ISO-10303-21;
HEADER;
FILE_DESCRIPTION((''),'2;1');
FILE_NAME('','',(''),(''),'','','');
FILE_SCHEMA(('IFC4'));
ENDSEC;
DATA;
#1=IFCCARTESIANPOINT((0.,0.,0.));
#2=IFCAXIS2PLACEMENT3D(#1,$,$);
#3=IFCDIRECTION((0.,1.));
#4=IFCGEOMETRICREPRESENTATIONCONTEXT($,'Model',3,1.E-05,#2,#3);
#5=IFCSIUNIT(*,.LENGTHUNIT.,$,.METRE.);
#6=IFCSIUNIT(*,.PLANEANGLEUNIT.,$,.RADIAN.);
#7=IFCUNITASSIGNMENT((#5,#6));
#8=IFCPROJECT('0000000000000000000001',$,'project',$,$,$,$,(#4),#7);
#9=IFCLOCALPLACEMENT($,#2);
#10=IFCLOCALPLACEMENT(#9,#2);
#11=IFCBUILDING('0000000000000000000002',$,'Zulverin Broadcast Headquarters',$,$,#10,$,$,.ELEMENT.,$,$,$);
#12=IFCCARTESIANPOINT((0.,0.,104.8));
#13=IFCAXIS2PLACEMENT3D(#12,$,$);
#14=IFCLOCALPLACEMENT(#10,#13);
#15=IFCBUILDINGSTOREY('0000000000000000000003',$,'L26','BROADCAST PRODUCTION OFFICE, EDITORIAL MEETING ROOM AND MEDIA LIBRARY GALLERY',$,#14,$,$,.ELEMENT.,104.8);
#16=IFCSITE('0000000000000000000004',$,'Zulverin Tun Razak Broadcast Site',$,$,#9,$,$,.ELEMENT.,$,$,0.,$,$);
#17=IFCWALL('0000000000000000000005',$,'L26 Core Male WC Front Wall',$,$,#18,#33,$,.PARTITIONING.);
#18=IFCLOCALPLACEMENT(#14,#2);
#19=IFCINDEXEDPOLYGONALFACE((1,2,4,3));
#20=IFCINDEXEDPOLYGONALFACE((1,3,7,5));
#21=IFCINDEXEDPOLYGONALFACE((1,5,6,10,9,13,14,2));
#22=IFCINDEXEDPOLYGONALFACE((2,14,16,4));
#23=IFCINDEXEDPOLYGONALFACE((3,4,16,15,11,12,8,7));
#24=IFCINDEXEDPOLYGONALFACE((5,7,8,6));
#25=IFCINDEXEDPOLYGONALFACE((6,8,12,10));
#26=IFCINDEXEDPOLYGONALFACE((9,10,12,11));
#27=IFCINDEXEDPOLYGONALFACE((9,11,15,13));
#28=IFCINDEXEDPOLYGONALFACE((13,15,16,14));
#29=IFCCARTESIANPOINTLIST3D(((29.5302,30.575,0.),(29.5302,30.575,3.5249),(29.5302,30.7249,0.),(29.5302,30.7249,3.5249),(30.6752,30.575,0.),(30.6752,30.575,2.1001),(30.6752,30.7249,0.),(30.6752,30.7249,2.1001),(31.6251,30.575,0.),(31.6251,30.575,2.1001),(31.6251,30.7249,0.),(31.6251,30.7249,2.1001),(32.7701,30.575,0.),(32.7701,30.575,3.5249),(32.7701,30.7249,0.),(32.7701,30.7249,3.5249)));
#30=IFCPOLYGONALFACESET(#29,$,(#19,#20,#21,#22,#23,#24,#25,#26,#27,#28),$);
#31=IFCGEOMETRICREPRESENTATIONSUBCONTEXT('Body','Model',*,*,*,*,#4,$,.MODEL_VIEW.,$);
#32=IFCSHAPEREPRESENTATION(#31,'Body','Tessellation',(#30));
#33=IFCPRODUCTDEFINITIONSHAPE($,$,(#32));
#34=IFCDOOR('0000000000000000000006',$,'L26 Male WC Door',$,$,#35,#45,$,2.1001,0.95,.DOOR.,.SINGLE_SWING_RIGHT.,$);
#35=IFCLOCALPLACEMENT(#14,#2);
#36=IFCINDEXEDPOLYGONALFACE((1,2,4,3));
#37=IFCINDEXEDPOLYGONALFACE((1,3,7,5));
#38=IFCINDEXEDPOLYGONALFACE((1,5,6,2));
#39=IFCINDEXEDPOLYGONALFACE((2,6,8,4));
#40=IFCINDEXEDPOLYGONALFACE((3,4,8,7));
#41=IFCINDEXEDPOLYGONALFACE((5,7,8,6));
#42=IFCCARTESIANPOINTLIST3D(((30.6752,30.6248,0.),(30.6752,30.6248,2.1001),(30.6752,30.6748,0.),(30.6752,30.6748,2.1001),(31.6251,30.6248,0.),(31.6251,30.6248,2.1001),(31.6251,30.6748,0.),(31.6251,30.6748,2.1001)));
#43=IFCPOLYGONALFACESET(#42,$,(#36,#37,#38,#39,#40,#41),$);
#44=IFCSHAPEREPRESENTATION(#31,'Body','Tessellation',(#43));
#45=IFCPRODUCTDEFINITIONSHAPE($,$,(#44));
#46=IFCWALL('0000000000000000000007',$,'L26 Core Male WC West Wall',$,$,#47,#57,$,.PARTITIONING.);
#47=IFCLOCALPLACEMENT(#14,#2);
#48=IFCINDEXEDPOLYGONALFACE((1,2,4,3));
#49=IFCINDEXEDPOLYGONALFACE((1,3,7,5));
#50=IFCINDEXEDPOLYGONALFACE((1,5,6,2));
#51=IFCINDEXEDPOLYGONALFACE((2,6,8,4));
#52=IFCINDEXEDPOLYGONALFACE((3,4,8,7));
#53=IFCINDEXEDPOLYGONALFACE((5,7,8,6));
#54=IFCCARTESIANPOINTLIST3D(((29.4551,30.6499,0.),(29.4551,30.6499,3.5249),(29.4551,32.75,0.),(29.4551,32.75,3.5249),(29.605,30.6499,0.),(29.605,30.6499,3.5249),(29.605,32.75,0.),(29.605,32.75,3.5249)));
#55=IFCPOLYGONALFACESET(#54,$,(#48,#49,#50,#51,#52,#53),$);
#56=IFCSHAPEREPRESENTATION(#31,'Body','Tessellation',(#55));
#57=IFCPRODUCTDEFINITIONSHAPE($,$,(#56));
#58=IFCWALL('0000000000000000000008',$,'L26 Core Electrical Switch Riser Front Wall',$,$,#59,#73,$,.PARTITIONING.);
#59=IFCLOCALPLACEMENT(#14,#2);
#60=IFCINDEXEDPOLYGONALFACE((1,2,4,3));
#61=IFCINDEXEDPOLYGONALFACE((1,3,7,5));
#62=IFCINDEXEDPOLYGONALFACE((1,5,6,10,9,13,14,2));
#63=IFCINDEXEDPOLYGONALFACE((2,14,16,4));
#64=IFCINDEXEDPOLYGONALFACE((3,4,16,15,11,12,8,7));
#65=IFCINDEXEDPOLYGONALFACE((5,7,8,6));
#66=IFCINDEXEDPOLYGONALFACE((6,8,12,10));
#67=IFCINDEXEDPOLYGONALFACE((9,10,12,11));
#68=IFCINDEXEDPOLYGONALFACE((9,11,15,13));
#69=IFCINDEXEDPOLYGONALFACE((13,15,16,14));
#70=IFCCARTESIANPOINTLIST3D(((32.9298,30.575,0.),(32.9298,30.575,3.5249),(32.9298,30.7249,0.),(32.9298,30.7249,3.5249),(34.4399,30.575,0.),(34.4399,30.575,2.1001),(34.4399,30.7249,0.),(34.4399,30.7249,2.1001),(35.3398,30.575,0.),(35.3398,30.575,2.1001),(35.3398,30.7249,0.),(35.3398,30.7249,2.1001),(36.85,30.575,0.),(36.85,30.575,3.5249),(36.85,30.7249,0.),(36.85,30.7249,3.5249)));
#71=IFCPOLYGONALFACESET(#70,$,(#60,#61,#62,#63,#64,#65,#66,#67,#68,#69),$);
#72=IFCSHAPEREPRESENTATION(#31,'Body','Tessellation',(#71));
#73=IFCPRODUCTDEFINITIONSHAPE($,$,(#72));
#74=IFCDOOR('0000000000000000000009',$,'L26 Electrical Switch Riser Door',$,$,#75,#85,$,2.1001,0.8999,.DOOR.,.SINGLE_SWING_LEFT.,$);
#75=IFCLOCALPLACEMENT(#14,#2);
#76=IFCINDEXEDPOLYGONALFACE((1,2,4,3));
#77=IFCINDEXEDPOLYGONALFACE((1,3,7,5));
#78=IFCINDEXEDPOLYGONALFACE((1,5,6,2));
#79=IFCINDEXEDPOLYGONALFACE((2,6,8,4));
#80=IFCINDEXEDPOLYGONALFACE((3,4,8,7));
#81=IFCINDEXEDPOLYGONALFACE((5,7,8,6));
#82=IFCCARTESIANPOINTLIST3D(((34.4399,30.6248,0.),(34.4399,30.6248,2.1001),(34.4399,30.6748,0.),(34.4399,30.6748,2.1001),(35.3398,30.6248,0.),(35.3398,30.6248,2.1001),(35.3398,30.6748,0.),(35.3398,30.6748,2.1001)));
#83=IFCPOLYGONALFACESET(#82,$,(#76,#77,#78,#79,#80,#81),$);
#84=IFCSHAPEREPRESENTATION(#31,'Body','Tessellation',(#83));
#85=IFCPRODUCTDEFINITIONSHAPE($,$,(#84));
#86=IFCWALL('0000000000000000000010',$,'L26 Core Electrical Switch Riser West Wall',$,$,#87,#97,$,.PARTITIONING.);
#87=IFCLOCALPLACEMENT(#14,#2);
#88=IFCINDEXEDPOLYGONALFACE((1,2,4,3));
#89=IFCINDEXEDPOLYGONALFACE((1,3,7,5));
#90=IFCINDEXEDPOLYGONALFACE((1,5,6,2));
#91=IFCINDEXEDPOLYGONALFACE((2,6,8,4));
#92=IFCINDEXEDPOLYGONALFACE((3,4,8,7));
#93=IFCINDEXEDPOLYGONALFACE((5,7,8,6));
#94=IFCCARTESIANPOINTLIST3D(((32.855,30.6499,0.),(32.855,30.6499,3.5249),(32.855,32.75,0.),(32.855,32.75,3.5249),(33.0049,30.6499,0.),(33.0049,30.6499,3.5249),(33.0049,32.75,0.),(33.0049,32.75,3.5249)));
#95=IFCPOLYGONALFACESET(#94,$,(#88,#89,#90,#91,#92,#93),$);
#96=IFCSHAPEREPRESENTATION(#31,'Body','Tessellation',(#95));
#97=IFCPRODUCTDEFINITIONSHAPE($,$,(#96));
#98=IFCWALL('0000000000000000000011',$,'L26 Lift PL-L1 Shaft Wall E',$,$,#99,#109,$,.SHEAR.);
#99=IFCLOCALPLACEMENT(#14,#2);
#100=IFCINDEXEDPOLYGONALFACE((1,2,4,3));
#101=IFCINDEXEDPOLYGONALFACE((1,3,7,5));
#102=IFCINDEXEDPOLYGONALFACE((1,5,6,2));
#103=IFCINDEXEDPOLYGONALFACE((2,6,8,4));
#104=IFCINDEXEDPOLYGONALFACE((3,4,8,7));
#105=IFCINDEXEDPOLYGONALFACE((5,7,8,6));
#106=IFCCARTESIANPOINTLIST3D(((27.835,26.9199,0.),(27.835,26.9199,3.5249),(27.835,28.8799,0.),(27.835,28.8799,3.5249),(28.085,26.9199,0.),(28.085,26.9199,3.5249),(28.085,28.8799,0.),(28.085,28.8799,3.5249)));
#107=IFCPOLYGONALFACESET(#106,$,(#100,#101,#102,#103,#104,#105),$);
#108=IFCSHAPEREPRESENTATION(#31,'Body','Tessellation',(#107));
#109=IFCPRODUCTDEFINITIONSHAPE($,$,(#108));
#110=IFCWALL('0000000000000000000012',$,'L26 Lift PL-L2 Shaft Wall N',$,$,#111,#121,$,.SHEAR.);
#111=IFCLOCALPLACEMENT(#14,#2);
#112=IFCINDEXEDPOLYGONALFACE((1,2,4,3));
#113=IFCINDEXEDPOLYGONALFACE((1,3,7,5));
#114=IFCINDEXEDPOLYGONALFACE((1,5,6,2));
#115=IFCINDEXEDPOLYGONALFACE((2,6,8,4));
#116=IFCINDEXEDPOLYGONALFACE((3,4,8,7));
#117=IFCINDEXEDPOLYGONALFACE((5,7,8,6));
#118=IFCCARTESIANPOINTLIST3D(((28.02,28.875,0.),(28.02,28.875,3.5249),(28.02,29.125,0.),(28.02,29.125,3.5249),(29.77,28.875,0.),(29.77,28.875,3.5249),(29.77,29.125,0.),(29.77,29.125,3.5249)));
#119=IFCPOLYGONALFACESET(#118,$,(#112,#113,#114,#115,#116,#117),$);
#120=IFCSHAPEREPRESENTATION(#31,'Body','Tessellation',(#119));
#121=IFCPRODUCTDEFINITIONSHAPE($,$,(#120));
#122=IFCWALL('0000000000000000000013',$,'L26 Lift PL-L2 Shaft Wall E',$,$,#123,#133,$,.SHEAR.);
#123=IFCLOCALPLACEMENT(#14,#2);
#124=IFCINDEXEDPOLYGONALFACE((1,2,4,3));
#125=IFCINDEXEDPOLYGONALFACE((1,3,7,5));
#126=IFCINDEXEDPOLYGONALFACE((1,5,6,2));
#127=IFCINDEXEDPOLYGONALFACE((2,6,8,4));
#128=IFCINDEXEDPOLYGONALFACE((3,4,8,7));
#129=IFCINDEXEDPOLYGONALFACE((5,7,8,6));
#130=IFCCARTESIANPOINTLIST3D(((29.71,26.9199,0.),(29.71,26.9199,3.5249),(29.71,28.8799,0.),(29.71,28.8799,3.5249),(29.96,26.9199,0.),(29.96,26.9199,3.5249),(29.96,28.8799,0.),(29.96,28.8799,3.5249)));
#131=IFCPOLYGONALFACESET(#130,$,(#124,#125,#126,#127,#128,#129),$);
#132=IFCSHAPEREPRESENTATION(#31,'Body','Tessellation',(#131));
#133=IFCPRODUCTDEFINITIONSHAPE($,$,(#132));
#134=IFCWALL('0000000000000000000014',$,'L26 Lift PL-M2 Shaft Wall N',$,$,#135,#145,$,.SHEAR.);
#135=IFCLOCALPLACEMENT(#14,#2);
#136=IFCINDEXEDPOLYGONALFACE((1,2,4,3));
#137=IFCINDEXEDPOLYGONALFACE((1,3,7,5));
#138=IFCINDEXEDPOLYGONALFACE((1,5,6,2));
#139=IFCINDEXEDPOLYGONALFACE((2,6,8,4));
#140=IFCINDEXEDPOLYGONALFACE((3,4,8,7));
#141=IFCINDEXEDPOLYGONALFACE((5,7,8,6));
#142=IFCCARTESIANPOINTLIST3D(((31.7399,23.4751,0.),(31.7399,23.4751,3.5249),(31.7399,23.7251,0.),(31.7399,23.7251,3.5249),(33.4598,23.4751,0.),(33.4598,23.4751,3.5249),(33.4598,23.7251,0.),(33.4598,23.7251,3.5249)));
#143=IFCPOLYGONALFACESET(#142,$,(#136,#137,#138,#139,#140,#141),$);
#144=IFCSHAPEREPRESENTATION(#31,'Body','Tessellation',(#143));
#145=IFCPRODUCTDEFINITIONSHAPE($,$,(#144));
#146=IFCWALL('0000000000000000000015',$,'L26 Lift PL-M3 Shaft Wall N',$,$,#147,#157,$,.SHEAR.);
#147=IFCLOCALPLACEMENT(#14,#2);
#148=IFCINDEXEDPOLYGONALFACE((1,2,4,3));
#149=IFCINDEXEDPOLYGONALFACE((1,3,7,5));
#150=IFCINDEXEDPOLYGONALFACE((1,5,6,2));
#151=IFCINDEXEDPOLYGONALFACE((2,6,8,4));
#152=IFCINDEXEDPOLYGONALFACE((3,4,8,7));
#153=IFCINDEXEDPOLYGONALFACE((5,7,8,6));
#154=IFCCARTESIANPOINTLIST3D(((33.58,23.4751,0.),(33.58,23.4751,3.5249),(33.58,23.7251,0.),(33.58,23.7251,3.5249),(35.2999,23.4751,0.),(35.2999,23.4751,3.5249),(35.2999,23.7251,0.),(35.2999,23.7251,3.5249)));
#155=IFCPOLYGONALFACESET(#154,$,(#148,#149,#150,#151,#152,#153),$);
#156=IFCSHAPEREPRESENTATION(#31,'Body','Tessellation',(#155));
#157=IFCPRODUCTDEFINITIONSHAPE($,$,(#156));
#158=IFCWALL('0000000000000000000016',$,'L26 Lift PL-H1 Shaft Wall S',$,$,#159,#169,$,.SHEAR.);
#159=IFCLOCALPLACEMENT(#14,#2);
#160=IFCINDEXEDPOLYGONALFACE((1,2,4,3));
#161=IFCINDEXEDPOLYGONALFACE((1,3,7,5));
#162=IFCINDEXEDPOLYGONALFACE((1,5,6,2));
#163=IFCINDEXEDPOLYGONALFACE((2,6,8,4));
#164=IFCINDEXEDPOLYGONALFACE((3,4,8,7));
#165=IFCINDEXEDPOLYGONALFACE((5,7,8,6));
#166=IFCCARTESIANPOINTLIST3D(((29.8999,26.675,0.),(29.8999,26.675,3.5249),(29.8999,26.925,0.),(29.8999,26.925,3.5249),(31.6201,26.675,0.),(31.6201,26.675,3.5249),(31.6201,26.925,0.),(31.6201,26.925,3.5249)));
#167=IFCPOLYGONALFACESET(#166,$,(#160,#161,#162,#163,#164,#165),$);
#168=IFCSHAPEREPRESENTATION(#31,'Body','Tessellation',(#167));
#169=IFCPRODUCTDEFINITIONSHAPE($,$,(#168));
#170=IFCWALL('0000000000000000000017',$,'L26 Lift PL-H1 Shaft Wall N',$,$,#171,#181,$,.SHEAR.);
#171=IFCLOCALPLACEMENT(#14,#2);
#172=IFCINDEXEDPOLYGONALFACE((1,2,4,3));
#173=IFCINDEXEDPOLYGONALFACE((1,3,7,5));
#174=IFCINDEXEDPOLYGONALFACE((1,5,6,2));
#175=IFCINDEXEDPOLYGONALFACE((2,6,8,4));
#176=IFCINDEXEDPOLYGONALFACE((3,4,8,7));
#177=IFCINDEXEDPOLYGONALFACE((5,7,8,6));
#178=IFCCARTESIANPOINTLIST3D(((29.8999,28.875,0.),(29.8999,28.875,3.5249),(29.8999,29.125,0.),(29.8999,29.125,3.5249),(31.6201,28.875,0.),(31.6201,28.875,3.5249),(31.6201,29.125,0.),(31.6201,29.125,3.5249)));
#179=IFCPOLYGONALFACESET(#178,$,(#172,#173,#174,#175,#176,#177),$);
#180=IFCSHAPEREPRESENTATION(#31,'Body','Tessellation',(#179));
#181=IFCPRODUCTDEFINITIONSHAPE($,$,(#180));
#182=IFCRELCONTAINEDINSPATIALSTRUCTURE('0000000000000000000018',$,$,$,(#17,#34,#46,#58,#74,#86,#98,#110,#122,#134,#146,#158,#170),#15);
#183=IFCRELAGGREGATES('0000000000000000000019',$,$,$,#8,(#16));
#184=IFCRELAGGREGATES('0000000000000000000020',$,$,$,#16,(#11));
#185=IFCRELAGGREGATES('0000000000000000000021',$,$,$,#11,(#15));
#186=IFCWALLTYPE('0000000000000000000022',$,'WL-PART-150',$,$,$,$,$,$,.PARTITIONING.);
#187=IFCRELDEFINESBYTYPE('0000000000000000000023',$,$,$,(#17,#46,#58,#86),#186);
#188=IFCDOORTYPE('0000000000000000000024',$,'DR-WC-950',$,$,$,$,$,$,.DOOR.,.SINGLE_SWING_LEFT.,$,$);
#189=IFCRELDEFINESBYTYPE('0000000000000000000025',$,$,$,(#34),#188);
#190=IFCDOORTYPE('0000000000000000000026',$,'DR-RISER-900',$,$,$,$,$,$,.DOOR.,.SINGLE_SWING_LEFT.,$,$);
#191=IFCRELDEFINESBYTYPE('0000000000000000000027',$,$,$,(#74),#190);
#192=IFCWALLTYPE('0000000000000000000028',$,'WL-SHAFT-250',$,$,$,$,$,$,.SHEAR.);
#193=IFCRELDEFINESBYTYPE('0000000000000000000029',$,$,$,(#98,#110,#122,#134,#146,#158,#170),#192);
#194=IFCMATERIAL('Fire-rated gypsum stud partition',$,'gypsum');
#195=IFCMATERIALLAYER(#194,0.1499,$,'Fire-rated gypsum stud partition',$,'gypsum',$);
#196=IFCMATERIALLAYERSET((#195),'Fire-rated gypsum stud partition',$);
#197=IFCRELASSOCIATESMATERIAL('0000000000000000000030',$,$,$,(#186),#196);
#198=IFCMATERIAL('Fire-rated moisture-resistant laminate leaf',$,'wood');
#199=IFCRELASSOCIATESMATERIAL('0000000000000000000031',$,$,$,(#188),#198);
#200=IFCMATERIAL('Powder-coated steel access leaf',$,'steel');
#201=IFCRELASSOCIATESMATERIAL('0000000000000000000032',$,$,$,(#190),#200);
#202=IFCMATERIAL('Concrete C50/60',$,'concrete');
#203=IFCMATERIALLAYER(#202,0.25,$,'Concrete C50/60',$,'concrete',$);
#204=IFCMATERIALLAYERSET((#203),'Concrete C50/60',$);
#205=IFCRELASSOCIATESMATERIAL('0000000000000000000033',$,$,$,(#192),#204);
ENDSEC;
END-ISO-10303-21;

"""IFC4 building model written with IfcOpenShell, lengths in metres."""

from ifc_helpers import new_model, si_unit, direction, frame, frame_2d, origin, place, context, subcontext, project, spatial, rectangle, extrude, material, layer, layer_set, type_object, element, fill, save


model = new_model("IFC4")

# Units and contexts
model_context = context("Model", 3, precision=1e-05, world=origin(), true_north=direction((0.0, 1.0)))
body_context = subcontext(model_context, "Body", "Model", "MODEL_VIEW")
ifc_project = project(units=[si_unit("LENGTHUNIT", "METRE"), si_unit("PLANEANGLEUNIT", "RADIAN")], contexts=[model_context])

# Site, building, storey
site_placement = place(None, origin())
site = spatial("IfcSite", under=ifc_project, at=site_placement, Name="Zulverin Tun Razak Broadcast Site", CompositionType="ELEMENT", RefElevation=0.0)
building_placement = place(site_placement, origin())
building = spatial("IfcBuilding", under=site, at=building_placement, Name="Zulverin Broadcast Headquarters", CompositionType="ELEMENT")
storey_placement = place(building_placement, frame((0.0, 0.0, 104.8)))
storey = spatial("IfcBuildingStorey", under=building, at=storey_placement, Name="L26", Description="BROADCAST PRODUCTION OFFICE, EDITORIAL MEETING ROOM AND MEDIA LIBRARY GALLERY", CompositionType="ELEMENT", Elevation=104.8)

# Wall, opening, door
ifc_material_1 = material(Name="Fire-rated gypsum stud partition", Category="gypsum")
ifc_layer_1 = layer(ifc_material_1, 0.1499, Name="Fire-rated gypsum stud partition", Category="gypsum")
ifc_layer_set_1 = layer_set([ifc_layer_1], Name="Fire-rated gypsum stud partition")
wall_type_1 = type_object("IfcWallType", Name="WL-PART-150", PredefinedType="PARTITIONING", material=ifc_layer_set_1)
wall_1_placement = place(storey_placement, frame((29.53, 30.6499, 0.0), z_axis=(0.0, 0.0, 1.0), x_axis=(1.0, 0.0, 0.0)))
wall_1 = element("IfcWall", 1, at=wall_1_placement, inside=storey, type_object=wall_type_1, Name="L26 Core Male WC Front Wall", PredefinedType="PARTITIONING", context=body_context, shape_type="SweptSolid", body=[
    extrude(rectangle(XDim=3.24, YDim=0.1499, at=frame_2d((1.6201, 0.0))), origin(), (0.0, 0.0, 1.0), 3.5249),
])
opening_1_placement = place(wall_1_placement, frame((1.145, 0.0, 0.0)))
opening_1 = element("IfcOpeningElement", 2, at=opening_1_placement, cuts=wall_1, PredefinedType="OPENING", context=body_context, shape_type="SweptSolid", body=[
    extrude(rectangle(XDim=0.95, YDim=2.1001, at=frame_2d((0.4751, 1.05))), frame((0.0, 0.085, 0.0), z_axis=(0.0, -1.0, 0.0), x_axis=(1.0, 0.0, 0.0)), (0.0, 0.0, 1.0), 0.1699),
])
ifc_material_2 = material(Name="Fire-rated moisture-resistant laminate leaf", Category="wood")
door_type_1 = type_object("IfcDoorType", Name="DR-WC-950", OperationType="SINGLE_SWING_LEFT", PredefinedType="DOOR", material=ifc_material_2)
door_1_placement = place(opening_1_placement, origin())
door_1 = element("IfcDoor", 3, at=door_1_placement, inside=storey, type_object=door_type_1, Name="L26 Male WC Door", OperationType="SINGLE_SWING_RIGHT", OverallHeight=2.1001, OverallWidth=0.95, PredefinedType="DOOR", context=body_context, shape_type="SweptSolid", body=[
    extrude(rectangle(XDim=0.95, YDim=2.1001, at=frame_2d((0.4751, 1.05))), frame((0.0, 0.0249, 0.0), z_axis=(0.0, -1.0, 0.0), x_axis=(1.0, 0.0, 0.0)), (0.0, 0.0, 1.0), 0.05),
])
fill(opening_1, door_1)

# Wall
wall_2_placement = place(storey_placement, frame((29.53, 30.6499, 0.0), z_axis=(0.0, 0.0, 1.0), x_axis=(0.0, 1.0, 0.0)))
element("IfcWall", 4, at=wall_2_placement, inside=storey, type_object=wall_type_1, Name="L26 Core Male WC West Wall", PredefinedType="PARTITIONING", context=body_context, shape_type="SweptSolid", body=[
    extrude(rectangle(XDim=2.1001, YDim=0.1499, at=frame_2d((1.05, 0.0))), origin(), (0.0, 0.0, 1.0), 3.5249),
])

# Wall, opening, door
wall_3_placement = place(storey_placement, frame((32.9299, 30.6499, 0.0), z_axis=(0.0, 0.0, 1.0), x_axis=(1.0, 0.0, 0.0)))
wall_3 = element("IfcWall", 5, at=wall_3_placement, inside=storey, type_object=wall_type_1, Name="L26 Core Electrical Switch Riser Front Wall", PredefinedType="PARTITIONING", context=body_context, shape_type="SweptSolid", body=[
    extrude(rectangle(XDim=3.9202, YDim=0.1499, at=frame_2d((1.96, 0.0))), origin(), (0.0, 0.0, 1.0), 3.5249),
])
opening_2_placement = place(wall_3_placement, frame((1.51, 0.0, 0.0)))
opening_2 = element("IfcOpeningElement", 6, at=opening_2_placement, cuts=wall_3, PredefinedType="OPENING", context=body_context, shape_type="SweptSolid", body=[
    extrude(rectangle(XDim=0.8999, YDim=2.1001, at=frame_2d((0.45, 1.05))), frame((0.0, 0.085, 0.0), z_axis=(0.0, -1.0, 0.0), x_axis=(1.0, 0.0, 0.0)), (0.0, 0.0, 1.0), 0.1699),
])
ifc_material_3 = material(Name="Powder-coated steel access leaf", Category="steel")
door_type_2 = type_object("IfcDoorType", Name="DR-RISER-900", OperationType="SINGLE_SWING_LEFT", PredefinedType="DOOR", material=ifc_material_3)
door_2_placement = place(opening_2_placement, origin())
door_2 = element("IfcDoor", 7, at=door_2_placement, inside=storey, type_object=door_type_2, Name="L26 Electrical Switch Riser Door", OperationType="SINGLE_SWING_LEFT", OverallHeight=2.1001, OverallWidth=0.8999, PredefinedType="DOOR", context=body_context, shape_type="SweptSolid", body=[
    extrude(rectangle(XDim=0.8999, YDim=2.1001, at=frame_2d((0.45, 1.05))), frame((0.0, 0.0249, 0.0), z_axis=(0.0, -1.0, 0.0), x_axis=(1.0, 0.0, 0.0)), (0.0, 0.0, 1.0), 0.05),
])
fill(opening_2, door_2)

# Walls
wall_4_placement = place(storey_placement, frame((32.9299, 30.6499, 0.0), z_axis=(0.0, 0.0, 1.0), x_axis=(0.0, 1.0, 0.0)))
element("IfcWall", 8, at=wall_4_placement, inside=storey, type_object=wall_type_1, Name="L26 Core Electrical Switch Riser West Wall", PredefinedType="PARTITIONING", context=body_context, shape_type="SweptSolid", body=[
    extrude(rectangle(XDim=2.1001, YDim=0.1499, at=frame_2d((1.05, 0.0))), origin(), (0.0, 0.0, 1.0), 3.5249),
])
ifc_material_4 = material(Name="Concrete C50/60", Category="concrete")
ifc_layer_2 = layer(ifc_material_4, 0.25, Name="Concrete C50/60", Category="concrete")
ifc_layer_set_2 = layer_set([ifc_layer_2], Name="Concrete C50/60")
wall_type_2 = type_object("IfcWallType", Name="WL-SHAFT-250", PredefinedType="SHEAR", material=ifc_layer_set_2)
wall_5_placement = place(storey_placement, frame((27.96, 26.9199, 0.0), z_axis=(0.0, 0.0, 1.0), x_axis=(0.0, 1.0, 0.0)))
element("IfcWall", 9, at=wall_5_placement, inside=storey, type_object=wall_type_2, Name="L26 Lift PL-L1 Shaft Wall E", PredefinedType="SHEAR", context=body_context, shape_type="SweptSolid", body=[
    extrude(rectangle(XDim=1.96, YDim=0.25, at=frame_2d((0.98, 0.0))), origin(), (0.0, 0.0, 1.0), 3.5249),
])

# Walls
wall_6_placement = place(storey_placement, frame((28.02, 29.0, 0.0), z_axis=(0.0, 0.0, 1.0), x_axis=(1.0, 0.0, 0.0)))
element("IfcWall", 10, at=wall_6_placement, inside=storey, type_object=wall_type_2, Name="L26 Lift PL-L2 Shaft Wall N", PredefinedType="SHEAR", context=body_context, shape_type="SweptSolid", body=[
    extrude(rectangle(XDim=1.75, YDim=0.25, at=frame_2d((0.875, 0.0))), origin(), (0.0, 0.0, 1.0), 3.5249),
])
wall_7_placement = place(storey_placement, frame((29.835, 26.9199, 0.0), z_axis=(0.0, 0.0, 1.0), x_axis=(0.0, 1.0, 0.0)))
element("IfcWall", 11, at=wall_7_placement, inside=storey, type_object=wall_type_2, Name="L26 Lift PL-L2 Shaft Wall E", PredefinedType="SHEAR", context=body_context, shape_type="SweptSolid", body=[
    extrude(rectangle(XDim=1.96, YDim=0.25, at=frame_2d((0.98, 0.0))), origin(), (0.0, 0.0, 1.0), 3.5249),
])
for number, where, z_axis, x_axis, name in (
    (12, (31.74, 23.6001, 0.0), (0.0, 0.0, 1.0), (1.0, 0.0, 0.0), "L26 Lift PL-M2 Shaft Wall N"),
    (13, (33.5801, 23.6001, 0.0), (0.0, 0.0, 1.0), (1.0, 0.0, 0.0), "L26 Lift PL-M3 Shaft Wall N"),
):
    element("IfcWall", number, at=place(storey_placement, frame(where, z_axis=z_axis, x_axis=x_axis)), inside=storey, type_object=wall_type_2, Name=name, PredefinedType="SHEAR", context=body_context, shape_type="SweptSolid", body=[
        extrude(rectangle(XDim=1.72, YDim=0.25, at=frame_2d((0.8599, 0.0))), origin(), (0.0, 0.0, 1.0), 3.5249),
    ])
for number, where, z_axis, x_axis, name in (
    (14, (29.8999, 26.8, 0.0), (0.0, 0.0, 1.0), (1.0, 0.0, 0.0), "L26 Lift PL-H1 Shaft Wall S"),
    (15, (29.8999, 29.0, 0.0), (0.0, 0.0, 1.0), (1.0, 0.0, 0.0), "L26 Lift PL-H1 Shaft Wall N"),
):
    element("IfcWall", number, at=place(storey_placement, frame(where, z_axis=z_axis, x_axis=x_axis)), inside=storey, type_object=wall_type_2, Name=name, PredefinedType="SHEAR", context=body_context, shape_type="SweptSolid", body=[
        extrude(rectangle(XDim=1.7202, YDim=0.25, at=frame_2d((0.8601, 0.0))), origin(), (0.0, 0.0, 1.0), 3.5249),
    ])

save(model, "model.ifc")
